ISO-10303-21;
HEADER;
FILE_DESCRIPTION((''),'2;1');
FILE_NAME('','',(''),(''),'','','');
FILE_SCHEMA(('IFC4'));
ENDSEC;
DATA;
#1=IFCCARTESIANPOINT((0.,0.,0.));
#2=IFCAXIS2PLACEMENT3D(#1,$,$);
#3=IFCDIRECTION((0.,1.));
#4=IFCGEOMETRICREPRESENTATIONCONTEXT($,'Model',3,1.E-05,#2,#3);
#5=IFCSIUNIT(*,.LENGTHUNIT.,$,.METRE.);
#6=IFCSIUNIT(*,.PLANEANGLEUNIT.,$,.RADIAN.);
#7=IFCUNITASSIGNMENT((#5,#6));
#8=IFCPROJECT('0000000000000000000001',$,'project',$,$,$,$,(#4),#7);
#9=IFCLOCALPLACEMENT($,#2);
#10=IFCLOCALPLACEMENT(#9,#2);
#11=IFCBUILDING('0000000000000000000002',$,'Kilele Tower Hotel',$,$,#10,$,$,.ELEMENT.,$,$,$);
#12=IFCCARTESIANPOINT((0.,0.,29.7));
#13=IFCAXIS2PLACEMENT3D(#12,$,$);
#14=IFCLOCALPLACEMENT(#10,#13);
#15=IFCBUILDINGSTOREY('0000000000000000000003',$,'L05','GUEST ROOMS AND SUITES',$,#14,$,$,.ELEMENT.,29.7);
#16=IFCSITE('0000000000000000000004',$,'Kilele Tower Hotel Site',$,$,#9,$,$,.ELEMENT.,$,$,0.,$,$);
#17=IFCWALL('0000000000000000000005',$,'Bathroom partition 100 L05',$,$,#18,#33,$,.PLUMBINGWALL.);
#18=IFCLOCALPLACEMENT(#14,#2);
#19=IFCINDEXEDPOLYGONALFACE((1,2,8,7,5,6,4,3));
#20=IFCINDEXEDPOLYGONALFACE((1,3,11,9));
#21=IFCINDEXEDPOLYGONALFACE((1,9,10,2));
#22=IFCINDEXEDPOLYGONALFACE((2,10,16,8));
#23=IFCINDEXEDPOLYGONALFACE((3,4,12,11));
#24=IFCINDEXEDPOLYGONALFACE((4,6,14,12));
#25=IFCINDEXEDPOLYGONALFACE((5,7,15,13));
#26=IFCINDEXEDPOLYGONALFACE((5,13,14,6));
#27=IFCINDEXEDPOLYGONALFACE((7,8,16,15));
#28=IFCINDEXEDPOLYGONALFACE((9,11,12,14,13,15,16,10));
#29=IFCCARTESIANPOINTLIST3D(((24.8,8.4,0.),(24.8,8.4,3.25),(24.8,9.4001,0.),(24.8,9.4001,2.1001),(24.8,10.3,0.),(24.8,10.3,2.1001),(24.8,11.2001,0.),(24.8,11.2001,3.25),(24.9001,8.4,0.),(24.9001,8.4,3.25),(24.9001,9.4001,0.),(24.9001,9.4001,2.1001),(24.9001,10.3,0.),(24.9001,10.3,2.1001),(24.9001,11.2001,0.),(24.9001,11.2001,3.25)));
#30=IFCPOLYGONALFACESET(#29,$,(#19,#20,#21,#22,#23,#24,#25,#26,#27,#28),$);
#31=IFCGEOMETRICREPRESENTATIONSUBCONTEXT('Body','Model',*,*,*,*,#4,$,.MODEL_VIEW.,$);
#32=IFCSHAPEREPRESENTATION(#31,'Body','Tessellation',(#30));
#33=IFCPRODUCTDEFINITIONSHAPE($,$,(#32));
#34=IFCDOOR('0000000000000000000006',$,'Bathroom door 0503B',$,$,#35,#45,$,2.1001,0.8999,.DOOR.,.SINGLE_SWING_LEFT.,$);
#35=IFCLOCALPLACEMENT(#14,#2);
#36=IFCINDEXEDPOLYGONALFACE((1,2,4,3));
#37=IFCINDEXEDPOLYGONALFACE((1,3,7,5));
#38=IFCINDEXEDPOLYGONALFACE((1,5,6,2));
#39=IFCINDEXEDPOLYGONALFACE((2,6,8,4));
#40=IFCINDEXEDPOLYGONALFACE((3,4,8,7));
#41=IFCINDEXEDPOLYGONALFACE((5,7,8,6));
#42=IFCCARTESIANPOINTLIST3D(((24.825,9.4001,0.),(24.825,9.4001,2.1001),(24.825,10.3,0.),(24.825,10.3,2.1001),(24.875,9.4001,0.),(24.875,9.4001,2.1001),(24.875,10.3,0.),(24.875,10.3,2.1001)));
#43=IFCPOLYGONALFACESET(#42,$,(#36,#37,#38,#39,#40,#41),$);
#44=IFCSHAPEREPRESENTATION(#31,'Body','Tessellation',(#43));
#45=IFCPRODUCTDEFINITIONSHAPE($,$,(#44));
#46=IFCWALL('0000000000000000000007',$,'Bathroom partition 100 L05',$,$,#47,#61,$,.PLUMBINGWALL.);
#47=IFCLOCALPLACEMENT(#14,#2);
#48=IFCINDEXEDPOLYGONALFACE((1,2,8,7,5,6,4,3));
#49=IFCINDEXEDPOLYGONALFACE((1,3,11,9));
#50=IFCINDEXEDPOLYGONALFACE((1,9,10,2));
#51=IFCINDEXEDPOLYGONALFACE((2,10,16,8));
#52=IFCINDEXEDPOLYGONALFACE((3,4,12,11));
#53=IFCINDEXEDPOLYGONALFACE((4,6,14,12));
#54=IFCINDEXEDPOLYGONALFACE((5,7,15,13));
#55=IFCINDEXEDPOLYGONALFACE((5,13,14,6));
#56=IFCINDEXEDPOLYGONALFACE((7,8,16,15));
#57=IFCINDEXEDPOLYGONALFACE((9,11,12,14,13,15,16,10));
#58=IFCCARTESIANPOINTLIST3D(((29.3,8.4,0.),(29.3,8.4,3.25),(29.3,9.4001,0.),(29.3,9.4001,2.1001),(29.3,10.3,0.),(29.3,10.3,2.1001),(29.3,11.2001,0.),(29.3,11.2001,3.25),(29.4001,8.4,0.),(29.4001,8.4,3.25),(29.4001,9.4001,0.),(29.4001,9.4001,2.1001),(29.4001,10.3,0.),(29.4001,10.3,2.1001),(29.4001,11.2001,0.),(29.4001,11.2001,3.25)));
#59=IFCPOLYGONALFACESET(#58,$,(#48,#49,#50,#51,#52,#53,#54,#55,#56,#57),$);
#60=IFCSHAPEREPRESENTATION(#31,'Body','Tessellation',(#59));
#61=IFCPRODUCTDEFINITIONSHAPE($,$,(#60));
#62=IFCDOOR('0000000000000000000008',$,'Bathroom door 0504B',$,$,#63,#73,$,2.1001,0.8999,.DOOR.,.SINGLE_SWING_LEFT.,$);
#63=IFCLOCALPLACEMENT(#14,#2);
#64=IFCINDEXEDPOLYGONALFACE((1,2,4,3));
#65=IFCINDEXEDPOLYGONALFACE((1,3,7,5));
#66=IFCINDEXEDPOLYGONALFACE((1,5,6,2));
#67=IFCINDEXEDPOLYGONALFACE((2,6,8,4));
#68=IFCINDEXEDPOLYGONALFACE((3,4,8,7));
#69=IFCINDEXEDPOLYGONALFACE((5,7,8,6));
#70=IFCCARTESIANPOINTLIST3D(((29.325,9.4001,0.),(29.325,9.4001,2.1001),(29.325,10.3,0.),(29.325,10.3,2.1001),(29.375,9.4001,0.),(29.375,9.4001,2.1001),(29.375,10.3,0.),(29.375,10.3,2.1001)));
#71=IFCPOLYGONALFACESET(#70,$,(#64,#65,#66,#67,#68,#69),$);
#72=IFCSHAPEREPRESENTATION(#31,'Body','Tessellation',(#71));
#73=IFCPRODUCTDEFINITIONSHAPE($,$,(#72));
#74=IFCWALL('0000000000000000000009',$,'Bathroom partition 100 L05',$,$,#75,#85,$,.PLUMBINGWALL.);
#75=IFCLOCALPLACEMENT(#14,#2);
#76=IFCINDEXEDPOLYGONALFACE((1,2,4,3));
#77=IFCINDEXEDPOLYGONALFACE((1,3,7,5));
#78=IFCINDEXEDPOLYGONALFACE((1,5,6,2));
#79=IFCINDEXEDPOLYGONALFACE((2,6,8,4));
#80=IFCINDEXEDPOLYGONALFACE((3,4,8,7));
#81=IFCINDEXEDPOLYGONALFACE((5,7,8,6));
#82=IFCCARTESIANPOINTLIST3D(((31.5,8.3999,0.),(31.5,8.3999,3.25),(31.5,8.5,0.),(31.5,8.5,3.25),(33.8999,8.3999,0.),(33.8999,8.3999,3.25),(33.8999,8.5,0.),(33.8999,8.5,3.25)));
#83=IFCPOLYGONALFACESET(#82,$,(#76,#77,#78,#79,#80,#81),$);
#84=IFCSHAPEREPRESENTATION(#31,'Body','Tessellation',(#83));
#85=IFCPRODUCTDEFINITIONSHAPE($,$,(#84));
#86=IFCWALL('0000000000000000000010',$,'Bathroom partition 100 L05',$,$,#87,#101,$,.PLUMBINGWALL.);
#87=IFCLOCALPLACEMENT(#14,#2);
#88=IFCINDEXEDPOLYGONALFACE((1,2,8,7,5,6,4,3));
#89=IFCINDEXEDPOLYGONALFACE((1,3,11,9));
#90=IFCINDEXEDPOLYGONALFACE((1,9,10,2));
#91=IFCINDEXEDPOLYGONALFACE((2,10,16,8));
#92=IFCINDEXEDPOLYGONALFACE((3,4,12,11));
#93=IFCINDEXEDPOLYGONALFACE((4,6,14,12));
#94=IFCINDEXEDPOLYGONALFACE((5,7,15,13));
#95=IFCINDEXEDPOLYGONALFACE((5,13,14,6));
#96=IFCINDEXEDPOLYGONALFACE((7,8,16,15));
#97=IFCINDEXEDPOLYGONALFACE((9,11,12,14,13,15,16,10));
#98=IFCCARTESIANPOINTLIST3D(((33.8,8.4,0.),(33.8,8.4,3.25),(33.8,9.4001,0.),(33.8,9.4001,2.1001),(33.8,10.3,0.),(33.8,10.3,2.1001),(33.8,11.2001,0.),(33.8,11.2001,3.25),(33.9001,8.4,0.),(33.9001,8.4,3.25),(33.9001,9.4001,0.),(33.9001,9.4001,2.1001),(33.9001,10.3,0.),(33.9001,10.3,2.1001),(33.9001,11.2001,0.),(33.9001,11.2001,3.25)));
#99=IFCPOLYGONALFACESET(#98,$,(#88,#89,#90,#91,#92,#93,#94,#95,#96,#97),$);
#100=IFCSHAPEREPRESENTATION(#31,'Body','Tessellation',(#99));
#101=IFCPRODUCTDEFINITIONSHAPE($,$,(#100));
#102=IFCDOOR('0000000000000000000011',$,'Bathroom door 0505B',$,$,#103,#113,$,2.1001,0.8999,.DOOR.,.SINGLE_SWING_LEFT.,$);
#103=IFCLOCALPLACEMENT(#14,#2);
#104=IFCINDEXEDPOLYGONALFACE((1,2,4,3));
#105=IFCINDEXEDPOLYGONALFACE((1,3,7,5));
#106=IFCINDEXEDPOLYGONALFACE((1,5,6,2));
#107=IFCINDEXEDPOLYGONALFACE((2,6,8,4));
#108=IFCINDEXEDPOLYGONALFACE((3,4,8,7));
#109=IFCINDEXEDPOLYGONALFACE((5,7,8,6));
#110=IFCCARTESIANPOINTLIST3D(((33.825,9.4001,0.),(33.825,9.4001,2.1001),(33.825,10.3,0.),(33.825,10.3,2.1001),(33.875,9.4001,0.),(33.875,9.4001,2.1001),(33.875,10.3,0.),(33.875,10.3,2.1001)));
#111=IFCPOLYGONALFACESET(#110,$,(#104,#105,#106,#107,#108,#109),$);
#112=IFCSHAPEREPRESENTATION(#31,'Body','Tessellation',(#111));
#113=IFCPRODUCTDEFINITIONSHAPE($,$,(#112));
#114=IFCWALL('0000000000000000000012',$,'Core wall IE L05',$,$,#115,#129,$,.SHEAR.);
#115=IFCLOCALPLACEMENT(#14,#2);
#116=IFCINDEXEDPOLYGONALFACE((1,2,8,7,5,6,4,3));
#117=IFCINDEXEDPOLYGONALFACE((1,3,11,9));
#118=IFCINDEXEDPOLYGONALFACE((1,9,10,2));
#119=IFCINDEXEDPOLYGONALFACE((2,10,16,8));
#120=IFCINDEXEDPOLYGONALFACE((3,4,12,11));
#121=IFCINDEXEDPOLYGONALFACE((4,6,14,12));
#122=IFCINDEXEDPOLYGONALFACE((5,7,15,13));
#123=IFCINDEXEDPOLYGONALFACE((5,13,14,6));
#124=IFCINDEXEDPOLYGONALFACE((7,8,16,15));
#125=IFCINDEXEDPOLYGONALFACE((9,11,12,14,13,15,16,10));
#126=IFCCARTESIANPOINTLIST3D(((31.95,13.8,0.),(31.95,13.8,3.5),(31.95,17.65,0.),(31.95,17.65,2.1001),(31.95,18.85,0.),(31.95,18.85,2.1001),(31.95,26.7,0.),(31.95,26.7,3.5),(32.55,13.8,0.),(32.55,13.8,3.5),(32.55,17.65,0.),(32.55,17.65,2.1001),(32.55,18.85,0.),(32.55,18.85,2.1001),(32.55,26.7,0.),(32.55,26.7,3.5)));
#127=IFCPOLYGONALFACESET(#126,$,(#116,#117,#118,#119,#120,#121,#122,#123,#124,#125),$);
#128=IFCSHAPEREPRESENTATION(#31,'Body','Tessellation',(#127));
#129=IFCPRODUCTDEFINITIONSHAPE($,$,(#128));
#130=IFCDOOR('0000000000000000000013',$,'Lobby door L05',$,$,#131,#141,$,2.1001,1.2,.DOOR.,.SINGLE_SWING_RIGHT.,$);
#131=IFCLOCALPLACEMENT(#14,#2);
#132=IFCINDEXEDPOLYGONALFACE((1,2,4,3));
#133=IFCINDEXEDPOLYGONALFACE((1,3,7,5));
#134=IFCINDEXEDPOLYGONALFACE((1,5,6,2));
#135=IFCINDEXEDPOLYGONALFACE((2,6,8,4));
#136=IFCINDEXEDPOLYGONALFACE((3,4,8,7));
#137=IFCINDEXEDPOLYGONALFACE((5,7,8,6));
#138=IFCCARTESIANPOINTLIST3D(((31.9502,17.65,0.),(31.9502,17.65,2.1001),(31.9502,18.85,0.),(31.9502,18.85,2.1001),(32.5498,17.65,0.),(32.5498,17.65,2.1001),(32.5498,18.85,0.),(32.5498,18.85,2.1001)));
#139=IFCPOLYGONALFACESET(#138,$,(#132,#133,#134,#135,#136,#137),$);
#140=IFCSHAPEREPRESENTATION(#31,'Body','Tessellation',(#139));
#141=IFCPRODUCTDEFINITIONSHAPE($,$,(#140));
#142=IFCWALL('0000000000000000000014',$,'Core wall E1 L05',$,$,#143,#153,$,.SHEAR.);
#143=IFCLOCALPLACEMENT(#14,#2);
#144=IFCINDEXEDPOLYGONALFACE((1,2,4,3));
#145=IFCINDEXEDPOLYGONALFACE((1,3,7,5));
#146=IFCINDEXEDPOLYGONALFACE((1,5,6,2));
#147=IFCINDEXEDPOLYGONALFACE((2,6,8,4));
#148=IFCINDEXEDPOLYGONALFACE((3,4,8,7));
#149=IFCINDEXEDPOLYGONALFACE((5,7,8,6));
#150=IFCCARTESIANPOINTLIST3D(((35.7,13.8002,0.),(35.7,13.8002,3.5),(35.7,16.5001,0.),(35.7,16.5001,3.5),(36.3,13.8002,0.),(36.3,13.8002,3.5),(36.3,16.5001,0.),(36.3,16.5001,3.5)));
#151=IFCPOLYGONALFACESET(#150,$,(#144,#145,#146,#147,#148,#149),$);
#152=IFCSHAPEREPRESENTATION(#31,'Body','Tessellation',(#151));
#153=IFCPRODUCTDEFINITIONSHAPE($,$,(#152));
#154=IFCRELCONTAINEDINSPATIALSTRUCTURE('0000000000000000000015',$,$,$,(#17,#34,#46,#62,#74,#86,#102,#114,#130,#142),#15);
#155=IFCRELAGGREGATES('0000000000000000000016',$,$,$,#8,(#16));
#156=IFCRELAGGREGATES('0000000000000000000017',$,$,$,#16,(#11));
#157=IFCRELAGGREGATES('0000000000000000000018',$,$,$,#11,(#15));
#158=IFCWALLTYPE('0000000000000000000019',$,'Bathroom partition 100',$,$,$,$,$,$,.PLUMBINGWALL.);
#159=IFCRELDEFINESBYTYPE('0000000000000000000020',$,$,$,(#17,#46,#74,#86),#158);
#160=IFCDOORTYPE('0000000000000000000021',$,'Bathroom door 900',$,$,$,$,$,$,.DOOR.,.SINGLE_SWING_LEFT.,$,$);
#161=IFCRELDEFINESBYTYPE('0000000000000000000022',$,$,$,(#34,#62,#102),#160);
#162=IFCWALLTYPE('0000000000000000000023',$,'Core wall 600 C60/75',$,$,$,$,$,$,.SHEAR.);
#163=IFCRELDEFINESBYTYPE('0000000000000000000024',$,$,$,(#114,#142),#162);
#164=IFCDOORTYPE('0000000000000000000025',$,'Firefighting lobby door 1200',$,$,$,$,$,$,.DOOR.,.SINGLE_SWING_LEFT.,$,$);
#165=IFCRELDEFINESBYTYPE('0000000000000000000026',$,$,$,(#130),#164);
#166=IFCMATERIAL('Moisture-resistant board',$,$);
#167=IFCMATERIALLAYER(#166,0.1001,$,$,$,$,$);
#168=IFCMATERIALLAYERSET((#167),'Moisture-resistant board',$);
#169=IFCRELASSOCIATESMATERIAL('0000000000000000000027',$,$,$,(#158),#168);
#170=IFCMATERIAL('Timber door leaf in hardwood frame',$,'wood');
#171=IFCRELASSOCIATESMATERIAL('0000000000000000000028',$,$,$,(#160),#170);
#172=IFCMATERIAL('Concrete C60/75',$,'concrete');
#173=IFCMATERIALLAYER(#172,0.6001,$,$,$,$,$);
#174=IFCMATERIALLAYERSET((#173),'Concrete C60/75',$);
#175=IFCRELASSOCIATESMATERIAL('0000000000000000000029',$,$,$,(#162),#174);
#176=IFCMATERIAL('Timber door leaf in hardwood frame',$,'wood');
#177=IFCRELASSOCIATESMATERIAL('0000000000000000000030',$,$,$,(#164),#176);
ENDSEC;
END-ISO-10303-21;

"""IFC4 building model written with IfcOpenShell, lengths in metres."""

from ifc_helpers import new_model, si_unit, direction, frame, frame_2d, origin, place, context, subcontext, project, spatial, rectangle, extrude, material, layer, layer_set, type_object, element, fill, save


model = new_model("IFC4")

# Units and contexts
model_context = context("Model", 3, precision=1e-05, world=origin(), true_north=direction((0.0, 1.0)))
body_context = subcontext(model_context, "Body", "Model", "MODEL_VIEW")
ifc_project = project(units=[si_unit("LENGTHUNIT", "METRE"), si_unit("PLANEANGLEUNIT", "RADIAN")], contexts=[model_context])

# Site, building, storey
site_placement = place(None, origin())
site = spatial("IfcSite", under=ifc_project, at=site_placement, Name="Kilele Tower Hotel Site", CompositionType="ELEMENT", RefElevation=0.0)
building_placement = place(site_placement, origin())
building = spatial("IfcBuilding", under=site, at=building_placement, Name="Kilele Tower Hotel", CompositionType="ELEMENT")
storey_placement = place(building_placement, frame((0.0, 0.0, 29.7)))
storey = spatial("IfcBuildingStorey", under=building, at=storey_placement, Name="L05", Description="GUEST ROOMS AND SUITES", CompositionType="ELEMENT", Elevation=29.7)

# Walls, openings, doors
ifc_material_1 = material(Name="Moisture-resistant board")
ifc_layer_1 = layer(ifc_material_1, 0.1001)
ifc_layer_set_1 = layer_set([ifc_layer_1], Name="Moisture-resistant board")
wall_type_1 = type_object("IfcWallType", Name="Bathroom partition 100", PredefinedType="PLUMBINGWALL", material=ifc_layer_set_1)
wall_1_placement = place(storey_placement, frame((24.8501, 11.2, 0.0), z_axis=(0.0, 0.0, 1.0), x_axis=(0.0, -1.0, 0.0)))
wall_1 = element("IfcWall", 1, at=wall_1_placement, inside=storey, type_object=wall_type_1, Name="Bathroom partition 100 L05", PredefinedType="PLUMBINGWALL", context=body_context, shape_type="SweptSolid", body=[
    extrude(rectangle(XDim=2.8, YDim=0.1001, at=frame_2d((1.3999, 0.0))), origin(), (0.0, 0.0, 1.0), 3.25),
])
opening_1_placement = place(wall_1_placement, frame((0.8999, 0.0, 0.0)))
opening_1 = element("IfcOpeningElement", 2, at=opening_1_placement, cuts=wall_1, PredefinedType="OPENING", context=body_context, shape_type="SweptSolid", body=[
    extrude(rectangle(XDim=0.8999, YDim=2.1001, at=frame_2d((0.45, 1.05))), frame((0.0, 0.0601, 0.0), z_axis=(0.0, -1.0, 0.0), x_axis=(1.0, 0.0, 0.0)), (0.0, 0.0, 1.0), 0.1201),
])
ifc_material_2 = material(Name="Timber door leaf in hardwood frame", Category="wood")
door_type_1 = type_object("IfcDoorType", Name="Bathroom door 900", OperationType="SINGLE_SWING_LEFT", PredefinedType="DOOR", material=ifc_material_2)
door_1_placement = place(opening_1_placement, origin())
door_1 = element("IfcDoor", 3, at=door_1_placement, inside=storey, type_object=door_type_1, Name="Bathroom door 0503B", OperationType="SINGLE_SWING_LEFT", OverallHeight=2.1001, OverallWidth=0.8999, PredefinedType="DOOR", context=body_context, shape_type="SweptSolid", body=[
    extrude(rectangle(XDim=0.8999, YDim=2.1001, at=frame_2d((0.45, 1.05))), frame((0.0, 0.0249, 0.0), z_axis=(0.0, -1.0, 0.0), x_axis=(1.0, 0.0, 0.0)), (0.0, 0.0, 1.0), 0.05),
])
fill(opening_1, door_1)
wall_2_placement = place(storey_placement, frame((29.3501, 11.2, 0.0), z_axis=(0.0, 0.0, 1.0), x_axis=(0.0, -1.0, 0.0)))
wall_2 = element("IfcWall", 4, at=wall_2_placement, inside=storey, type_object=wall_type_1, Name="Bathroom partition 100 L05", PredefinedType="PLUMBINGWALL", context=body_context, shape_type="SweptSolid", body=[
    extrude(rectangle(XDim=2.8, YDim=0.1001, at=frame_2d((1.3999, 0.0))), origin(), (0.0, 0.0, 1.0), 3.25),
])
opening_2_placement = place(wall_2_placement, frame((0.8999, 0.0, 0.0)))
opening_2 = element("IfcOpeningElement", 5, at=opening_2_placement, cuts=wall_2, PredefinedType="OPENING", context=body_context, shape_type="SweptSolid", body=[
    extrude(rectangle(XDim=0.8999, YDim=2.1001, at=frame_2d((0.45, 1.05))), frame((0.0, 0.0601, 0.0), z_axis=(0.0, -1.0, 0.0), x_axis=(1.0, 0.0, 0.0)), (0.0, 0.0, 1.0), 0.1201),
])
door_2_placement = place(opening_2_placement, origin())
door_2 = element("IfcDoor", 6, at=door_2_placement, inside=storey, type_object=door_type_1, Name="Bathroom door 0504B", OperationType="SINGLE_SWING_LEFT", OverallHeight=2.1001, OverallWidth=0.8999, PredefinedType="DOOR", context=body_context, shape_type="SweptSolid", body=[
    extrude(rectangle(XDim=0.8999, YDim=2.1001, at=frame_2d((0.45, 1.05))), frame((0.0, 0.0249, 0.0), z_axis=(0.0, -1.0, 0.0), x_axis=(1.0, 0.0, 0.0)), (0.0, 0.0, 1.0), 0.05),
])
fill(opening_2, door_2)

# Wall
wall_3_placement = place(storey_placement, frame((31.5, 8.45, 0.0), z_axis=(0.0, 0.0, 1.0), x_axis=(1.0, 0.0, 0.0)))
element("IfcWall", 7, at=wall_3_placement, inside=storey, type_object=wall_type_1, Name="Bathroom partition 100 L05", PredefinedType="PLUMBINGWALL", context=body_context, shape_type="SweptSolid", body=[
    extrude(rectangle(XDim=2.3999, YDim=0.1001, at=frame_2d((1.2, 0.0))), origin(), (0.0, 0.0, 1.0), 3.25),
])

# Walls, openings, doors
wall_4_placement = place(storey_placement, frame((33.8501, 11.2, 0.0), z_axis=(0.0, 0.0, 1.0), x_axis=(0.0, -1.0, 0.0)))
wall_4 = element("IfcWall", 8, at=wall_4_placement, inside=storey, type_object=wall_type_1, Name="Bathroom partition 100 L05", PredefinedType="PLUMBINGWALL", context=body_context, shape_type="SweptSolid", body=[
    extrude(rectangle(XDim=2.8, YDim=0.1001, at=frame_2d((1.3999, 0.0))), origin(), (0.0, 0.0, 1.0), 3.25),
])
opening_3_placement = place(wall_4_placement, frame((0.8999, 0.0, 0.0)))
opening_3 = element("IfcOpeningElement", 9, at=opening_3_placement, cuts=wall_4, PredefinedType="OPENING", context=body_context, shape_type="SweptSolid", body=[
    extrude(rectangle(XDim=0.8999, YDim=2.1001, at=frame_2d((0.45, 1.05))), frame((0.0, 0.0601, 0.0), z_axis=(0.0, -1.0, 0.0), x_axis=(1.0, 0.0, 0.0)), (0.0, 0.0, 1.0), 0.1201),
])
door_3_placement = place(opening_3_placement, origin())
door_3 = element("IfcDoor", 10, at=door_3_placement, inside=storey, type_object=door_type_1, Name="Bathroom door 0505B", OperationType="SINGLE_SWING_LEFT", OverallHeight=2.1001, OverallWidth=0.8999, PredefinedType="DOOR", context=body_context, shape_type="SweptSolid", body=[
    extrude(rectangle(XDim=0.8999, YDim=2.1001, at=frame_2d((0.45, 1.05))), frame((0.0, 0.0249, 0.0), z_axis=(0.0, -1.0, 0.0), x_axis=(1.0, 0.0, 0.0)), (0.0, 0.0, 1.0), 0.05),
])
fill(opening_3, door_3)
ifc_material_3 = material(Name="Concrete C60/75", Category="concrete")
ifc_layer_2 = layer(ifc_material_3, 0.6001)
ifc_layer_set_2 = layer_set([ifc_layer_2], Name="Concrete C60/75")
wall_type_2 = type_object("IfcWallType", Name="Core wall 600 C60/75", PredefinedType="SHEAR", material=ifc_layer_set_2)
wall_5_placement = place(storey_placement, frame((32.25, 13.8, 0.0), z_axis=(0.0, 0.0, 1.0), x_axis=(0.0, 1.0, 0.0)))
wall_5 = element("IfcWall", 11, at=wall_5_placement, inside=storey, type_object=wall_type_2, Name="Core wall IE L05", PredefinedType="SHEAR", context=body_context, shape_type="SweptSolid", body=[
    extrude(rectangle(XDim=12.8999, YDim=0.6001, at=frame_2d((6.45, 0.0))), origin(), (0.0, 0.0, 1.0), 3.5),
])
opening_4_placement = place(wall_5_placement, frame((5.05, 0.0, 0.0), z_axis=(0.0, 0.0, 1.0), x_axis=(-1.0, 0.0, 0.0)))
opening_4 = element("IfcOpeningElement", 12, at=opening_4_placement, cuts=wall_5, PredefinedType="OPENING", context=body_context, shape_type="SweptSolid", body=[
    extrude(rectangle(XDim=1.2, YDim=2.1001, at=frame_2d((0.6001, 1.05))), frame((0.0, 0.3101, 0.0), z_axis=(0.0, -1.0, 0.0), x_axis=(1.0, 0.0, 0.0)), (0.0, 0.0, 1.0), 0.6201),
])
ifc_material_4 = material(Name="Timber door leaf in hardwood frame", Category="wood")
door_type_2 = type_object("IfcDoorType", Name="Firefighting lobby door 1200", OperationType="SINGLE_SWING_LEFT", PredefinedType="DOOR", material=ifc_material_4)
door_4_placement = place(opening_4_placement, origin())
door_4 = element("IfcDoor", 13, at=door_4_placement, inside=storey, type_object=door_type_2, Name="Lobby door L05", OperationType="SINGLE_SWING_RIGHT", OverallHeight=2.1001, OverallWidth=1.2, PredefinedType="DOOR", context=body_context, shape_type="SweptSolid", body=[
    extrude(rectangle(XDim=1.2, YDim=2.1001, at=frame_2d((0.6001, 1.05))), frame((0.0, 0.2998, 0.0), z_axis=(0.0, -1.0, 0.0), x_axis=(1.0, 0.0, 0.0)), (0.0, 0.0, 1.0), 0.5996),
])
fill(opening_4, door_4)

# Wall
wall_6_placement = place(storey_placement, frame((36.0, 13.8, 0.0), z_axis=(0.0, 0.0, 1.0), x_axis=(0.0, 1.0, 0.0)))
element("IfcWall", 14, at=wall_6_placement, inside=storey, type_object=wall_type_2, Name="Core wall E1 L05", PredefinedType="SHEAR", context=body_context, shape_type="SweptSolid", body=[
    extrude(rectangle(XDim=2.7, YDim=0.6001, at=frame_2d((1.3501, 0.0))), origin(), (0.0, 0.0, 1.0), 3.5),
])

save(model, "model.ifc")
